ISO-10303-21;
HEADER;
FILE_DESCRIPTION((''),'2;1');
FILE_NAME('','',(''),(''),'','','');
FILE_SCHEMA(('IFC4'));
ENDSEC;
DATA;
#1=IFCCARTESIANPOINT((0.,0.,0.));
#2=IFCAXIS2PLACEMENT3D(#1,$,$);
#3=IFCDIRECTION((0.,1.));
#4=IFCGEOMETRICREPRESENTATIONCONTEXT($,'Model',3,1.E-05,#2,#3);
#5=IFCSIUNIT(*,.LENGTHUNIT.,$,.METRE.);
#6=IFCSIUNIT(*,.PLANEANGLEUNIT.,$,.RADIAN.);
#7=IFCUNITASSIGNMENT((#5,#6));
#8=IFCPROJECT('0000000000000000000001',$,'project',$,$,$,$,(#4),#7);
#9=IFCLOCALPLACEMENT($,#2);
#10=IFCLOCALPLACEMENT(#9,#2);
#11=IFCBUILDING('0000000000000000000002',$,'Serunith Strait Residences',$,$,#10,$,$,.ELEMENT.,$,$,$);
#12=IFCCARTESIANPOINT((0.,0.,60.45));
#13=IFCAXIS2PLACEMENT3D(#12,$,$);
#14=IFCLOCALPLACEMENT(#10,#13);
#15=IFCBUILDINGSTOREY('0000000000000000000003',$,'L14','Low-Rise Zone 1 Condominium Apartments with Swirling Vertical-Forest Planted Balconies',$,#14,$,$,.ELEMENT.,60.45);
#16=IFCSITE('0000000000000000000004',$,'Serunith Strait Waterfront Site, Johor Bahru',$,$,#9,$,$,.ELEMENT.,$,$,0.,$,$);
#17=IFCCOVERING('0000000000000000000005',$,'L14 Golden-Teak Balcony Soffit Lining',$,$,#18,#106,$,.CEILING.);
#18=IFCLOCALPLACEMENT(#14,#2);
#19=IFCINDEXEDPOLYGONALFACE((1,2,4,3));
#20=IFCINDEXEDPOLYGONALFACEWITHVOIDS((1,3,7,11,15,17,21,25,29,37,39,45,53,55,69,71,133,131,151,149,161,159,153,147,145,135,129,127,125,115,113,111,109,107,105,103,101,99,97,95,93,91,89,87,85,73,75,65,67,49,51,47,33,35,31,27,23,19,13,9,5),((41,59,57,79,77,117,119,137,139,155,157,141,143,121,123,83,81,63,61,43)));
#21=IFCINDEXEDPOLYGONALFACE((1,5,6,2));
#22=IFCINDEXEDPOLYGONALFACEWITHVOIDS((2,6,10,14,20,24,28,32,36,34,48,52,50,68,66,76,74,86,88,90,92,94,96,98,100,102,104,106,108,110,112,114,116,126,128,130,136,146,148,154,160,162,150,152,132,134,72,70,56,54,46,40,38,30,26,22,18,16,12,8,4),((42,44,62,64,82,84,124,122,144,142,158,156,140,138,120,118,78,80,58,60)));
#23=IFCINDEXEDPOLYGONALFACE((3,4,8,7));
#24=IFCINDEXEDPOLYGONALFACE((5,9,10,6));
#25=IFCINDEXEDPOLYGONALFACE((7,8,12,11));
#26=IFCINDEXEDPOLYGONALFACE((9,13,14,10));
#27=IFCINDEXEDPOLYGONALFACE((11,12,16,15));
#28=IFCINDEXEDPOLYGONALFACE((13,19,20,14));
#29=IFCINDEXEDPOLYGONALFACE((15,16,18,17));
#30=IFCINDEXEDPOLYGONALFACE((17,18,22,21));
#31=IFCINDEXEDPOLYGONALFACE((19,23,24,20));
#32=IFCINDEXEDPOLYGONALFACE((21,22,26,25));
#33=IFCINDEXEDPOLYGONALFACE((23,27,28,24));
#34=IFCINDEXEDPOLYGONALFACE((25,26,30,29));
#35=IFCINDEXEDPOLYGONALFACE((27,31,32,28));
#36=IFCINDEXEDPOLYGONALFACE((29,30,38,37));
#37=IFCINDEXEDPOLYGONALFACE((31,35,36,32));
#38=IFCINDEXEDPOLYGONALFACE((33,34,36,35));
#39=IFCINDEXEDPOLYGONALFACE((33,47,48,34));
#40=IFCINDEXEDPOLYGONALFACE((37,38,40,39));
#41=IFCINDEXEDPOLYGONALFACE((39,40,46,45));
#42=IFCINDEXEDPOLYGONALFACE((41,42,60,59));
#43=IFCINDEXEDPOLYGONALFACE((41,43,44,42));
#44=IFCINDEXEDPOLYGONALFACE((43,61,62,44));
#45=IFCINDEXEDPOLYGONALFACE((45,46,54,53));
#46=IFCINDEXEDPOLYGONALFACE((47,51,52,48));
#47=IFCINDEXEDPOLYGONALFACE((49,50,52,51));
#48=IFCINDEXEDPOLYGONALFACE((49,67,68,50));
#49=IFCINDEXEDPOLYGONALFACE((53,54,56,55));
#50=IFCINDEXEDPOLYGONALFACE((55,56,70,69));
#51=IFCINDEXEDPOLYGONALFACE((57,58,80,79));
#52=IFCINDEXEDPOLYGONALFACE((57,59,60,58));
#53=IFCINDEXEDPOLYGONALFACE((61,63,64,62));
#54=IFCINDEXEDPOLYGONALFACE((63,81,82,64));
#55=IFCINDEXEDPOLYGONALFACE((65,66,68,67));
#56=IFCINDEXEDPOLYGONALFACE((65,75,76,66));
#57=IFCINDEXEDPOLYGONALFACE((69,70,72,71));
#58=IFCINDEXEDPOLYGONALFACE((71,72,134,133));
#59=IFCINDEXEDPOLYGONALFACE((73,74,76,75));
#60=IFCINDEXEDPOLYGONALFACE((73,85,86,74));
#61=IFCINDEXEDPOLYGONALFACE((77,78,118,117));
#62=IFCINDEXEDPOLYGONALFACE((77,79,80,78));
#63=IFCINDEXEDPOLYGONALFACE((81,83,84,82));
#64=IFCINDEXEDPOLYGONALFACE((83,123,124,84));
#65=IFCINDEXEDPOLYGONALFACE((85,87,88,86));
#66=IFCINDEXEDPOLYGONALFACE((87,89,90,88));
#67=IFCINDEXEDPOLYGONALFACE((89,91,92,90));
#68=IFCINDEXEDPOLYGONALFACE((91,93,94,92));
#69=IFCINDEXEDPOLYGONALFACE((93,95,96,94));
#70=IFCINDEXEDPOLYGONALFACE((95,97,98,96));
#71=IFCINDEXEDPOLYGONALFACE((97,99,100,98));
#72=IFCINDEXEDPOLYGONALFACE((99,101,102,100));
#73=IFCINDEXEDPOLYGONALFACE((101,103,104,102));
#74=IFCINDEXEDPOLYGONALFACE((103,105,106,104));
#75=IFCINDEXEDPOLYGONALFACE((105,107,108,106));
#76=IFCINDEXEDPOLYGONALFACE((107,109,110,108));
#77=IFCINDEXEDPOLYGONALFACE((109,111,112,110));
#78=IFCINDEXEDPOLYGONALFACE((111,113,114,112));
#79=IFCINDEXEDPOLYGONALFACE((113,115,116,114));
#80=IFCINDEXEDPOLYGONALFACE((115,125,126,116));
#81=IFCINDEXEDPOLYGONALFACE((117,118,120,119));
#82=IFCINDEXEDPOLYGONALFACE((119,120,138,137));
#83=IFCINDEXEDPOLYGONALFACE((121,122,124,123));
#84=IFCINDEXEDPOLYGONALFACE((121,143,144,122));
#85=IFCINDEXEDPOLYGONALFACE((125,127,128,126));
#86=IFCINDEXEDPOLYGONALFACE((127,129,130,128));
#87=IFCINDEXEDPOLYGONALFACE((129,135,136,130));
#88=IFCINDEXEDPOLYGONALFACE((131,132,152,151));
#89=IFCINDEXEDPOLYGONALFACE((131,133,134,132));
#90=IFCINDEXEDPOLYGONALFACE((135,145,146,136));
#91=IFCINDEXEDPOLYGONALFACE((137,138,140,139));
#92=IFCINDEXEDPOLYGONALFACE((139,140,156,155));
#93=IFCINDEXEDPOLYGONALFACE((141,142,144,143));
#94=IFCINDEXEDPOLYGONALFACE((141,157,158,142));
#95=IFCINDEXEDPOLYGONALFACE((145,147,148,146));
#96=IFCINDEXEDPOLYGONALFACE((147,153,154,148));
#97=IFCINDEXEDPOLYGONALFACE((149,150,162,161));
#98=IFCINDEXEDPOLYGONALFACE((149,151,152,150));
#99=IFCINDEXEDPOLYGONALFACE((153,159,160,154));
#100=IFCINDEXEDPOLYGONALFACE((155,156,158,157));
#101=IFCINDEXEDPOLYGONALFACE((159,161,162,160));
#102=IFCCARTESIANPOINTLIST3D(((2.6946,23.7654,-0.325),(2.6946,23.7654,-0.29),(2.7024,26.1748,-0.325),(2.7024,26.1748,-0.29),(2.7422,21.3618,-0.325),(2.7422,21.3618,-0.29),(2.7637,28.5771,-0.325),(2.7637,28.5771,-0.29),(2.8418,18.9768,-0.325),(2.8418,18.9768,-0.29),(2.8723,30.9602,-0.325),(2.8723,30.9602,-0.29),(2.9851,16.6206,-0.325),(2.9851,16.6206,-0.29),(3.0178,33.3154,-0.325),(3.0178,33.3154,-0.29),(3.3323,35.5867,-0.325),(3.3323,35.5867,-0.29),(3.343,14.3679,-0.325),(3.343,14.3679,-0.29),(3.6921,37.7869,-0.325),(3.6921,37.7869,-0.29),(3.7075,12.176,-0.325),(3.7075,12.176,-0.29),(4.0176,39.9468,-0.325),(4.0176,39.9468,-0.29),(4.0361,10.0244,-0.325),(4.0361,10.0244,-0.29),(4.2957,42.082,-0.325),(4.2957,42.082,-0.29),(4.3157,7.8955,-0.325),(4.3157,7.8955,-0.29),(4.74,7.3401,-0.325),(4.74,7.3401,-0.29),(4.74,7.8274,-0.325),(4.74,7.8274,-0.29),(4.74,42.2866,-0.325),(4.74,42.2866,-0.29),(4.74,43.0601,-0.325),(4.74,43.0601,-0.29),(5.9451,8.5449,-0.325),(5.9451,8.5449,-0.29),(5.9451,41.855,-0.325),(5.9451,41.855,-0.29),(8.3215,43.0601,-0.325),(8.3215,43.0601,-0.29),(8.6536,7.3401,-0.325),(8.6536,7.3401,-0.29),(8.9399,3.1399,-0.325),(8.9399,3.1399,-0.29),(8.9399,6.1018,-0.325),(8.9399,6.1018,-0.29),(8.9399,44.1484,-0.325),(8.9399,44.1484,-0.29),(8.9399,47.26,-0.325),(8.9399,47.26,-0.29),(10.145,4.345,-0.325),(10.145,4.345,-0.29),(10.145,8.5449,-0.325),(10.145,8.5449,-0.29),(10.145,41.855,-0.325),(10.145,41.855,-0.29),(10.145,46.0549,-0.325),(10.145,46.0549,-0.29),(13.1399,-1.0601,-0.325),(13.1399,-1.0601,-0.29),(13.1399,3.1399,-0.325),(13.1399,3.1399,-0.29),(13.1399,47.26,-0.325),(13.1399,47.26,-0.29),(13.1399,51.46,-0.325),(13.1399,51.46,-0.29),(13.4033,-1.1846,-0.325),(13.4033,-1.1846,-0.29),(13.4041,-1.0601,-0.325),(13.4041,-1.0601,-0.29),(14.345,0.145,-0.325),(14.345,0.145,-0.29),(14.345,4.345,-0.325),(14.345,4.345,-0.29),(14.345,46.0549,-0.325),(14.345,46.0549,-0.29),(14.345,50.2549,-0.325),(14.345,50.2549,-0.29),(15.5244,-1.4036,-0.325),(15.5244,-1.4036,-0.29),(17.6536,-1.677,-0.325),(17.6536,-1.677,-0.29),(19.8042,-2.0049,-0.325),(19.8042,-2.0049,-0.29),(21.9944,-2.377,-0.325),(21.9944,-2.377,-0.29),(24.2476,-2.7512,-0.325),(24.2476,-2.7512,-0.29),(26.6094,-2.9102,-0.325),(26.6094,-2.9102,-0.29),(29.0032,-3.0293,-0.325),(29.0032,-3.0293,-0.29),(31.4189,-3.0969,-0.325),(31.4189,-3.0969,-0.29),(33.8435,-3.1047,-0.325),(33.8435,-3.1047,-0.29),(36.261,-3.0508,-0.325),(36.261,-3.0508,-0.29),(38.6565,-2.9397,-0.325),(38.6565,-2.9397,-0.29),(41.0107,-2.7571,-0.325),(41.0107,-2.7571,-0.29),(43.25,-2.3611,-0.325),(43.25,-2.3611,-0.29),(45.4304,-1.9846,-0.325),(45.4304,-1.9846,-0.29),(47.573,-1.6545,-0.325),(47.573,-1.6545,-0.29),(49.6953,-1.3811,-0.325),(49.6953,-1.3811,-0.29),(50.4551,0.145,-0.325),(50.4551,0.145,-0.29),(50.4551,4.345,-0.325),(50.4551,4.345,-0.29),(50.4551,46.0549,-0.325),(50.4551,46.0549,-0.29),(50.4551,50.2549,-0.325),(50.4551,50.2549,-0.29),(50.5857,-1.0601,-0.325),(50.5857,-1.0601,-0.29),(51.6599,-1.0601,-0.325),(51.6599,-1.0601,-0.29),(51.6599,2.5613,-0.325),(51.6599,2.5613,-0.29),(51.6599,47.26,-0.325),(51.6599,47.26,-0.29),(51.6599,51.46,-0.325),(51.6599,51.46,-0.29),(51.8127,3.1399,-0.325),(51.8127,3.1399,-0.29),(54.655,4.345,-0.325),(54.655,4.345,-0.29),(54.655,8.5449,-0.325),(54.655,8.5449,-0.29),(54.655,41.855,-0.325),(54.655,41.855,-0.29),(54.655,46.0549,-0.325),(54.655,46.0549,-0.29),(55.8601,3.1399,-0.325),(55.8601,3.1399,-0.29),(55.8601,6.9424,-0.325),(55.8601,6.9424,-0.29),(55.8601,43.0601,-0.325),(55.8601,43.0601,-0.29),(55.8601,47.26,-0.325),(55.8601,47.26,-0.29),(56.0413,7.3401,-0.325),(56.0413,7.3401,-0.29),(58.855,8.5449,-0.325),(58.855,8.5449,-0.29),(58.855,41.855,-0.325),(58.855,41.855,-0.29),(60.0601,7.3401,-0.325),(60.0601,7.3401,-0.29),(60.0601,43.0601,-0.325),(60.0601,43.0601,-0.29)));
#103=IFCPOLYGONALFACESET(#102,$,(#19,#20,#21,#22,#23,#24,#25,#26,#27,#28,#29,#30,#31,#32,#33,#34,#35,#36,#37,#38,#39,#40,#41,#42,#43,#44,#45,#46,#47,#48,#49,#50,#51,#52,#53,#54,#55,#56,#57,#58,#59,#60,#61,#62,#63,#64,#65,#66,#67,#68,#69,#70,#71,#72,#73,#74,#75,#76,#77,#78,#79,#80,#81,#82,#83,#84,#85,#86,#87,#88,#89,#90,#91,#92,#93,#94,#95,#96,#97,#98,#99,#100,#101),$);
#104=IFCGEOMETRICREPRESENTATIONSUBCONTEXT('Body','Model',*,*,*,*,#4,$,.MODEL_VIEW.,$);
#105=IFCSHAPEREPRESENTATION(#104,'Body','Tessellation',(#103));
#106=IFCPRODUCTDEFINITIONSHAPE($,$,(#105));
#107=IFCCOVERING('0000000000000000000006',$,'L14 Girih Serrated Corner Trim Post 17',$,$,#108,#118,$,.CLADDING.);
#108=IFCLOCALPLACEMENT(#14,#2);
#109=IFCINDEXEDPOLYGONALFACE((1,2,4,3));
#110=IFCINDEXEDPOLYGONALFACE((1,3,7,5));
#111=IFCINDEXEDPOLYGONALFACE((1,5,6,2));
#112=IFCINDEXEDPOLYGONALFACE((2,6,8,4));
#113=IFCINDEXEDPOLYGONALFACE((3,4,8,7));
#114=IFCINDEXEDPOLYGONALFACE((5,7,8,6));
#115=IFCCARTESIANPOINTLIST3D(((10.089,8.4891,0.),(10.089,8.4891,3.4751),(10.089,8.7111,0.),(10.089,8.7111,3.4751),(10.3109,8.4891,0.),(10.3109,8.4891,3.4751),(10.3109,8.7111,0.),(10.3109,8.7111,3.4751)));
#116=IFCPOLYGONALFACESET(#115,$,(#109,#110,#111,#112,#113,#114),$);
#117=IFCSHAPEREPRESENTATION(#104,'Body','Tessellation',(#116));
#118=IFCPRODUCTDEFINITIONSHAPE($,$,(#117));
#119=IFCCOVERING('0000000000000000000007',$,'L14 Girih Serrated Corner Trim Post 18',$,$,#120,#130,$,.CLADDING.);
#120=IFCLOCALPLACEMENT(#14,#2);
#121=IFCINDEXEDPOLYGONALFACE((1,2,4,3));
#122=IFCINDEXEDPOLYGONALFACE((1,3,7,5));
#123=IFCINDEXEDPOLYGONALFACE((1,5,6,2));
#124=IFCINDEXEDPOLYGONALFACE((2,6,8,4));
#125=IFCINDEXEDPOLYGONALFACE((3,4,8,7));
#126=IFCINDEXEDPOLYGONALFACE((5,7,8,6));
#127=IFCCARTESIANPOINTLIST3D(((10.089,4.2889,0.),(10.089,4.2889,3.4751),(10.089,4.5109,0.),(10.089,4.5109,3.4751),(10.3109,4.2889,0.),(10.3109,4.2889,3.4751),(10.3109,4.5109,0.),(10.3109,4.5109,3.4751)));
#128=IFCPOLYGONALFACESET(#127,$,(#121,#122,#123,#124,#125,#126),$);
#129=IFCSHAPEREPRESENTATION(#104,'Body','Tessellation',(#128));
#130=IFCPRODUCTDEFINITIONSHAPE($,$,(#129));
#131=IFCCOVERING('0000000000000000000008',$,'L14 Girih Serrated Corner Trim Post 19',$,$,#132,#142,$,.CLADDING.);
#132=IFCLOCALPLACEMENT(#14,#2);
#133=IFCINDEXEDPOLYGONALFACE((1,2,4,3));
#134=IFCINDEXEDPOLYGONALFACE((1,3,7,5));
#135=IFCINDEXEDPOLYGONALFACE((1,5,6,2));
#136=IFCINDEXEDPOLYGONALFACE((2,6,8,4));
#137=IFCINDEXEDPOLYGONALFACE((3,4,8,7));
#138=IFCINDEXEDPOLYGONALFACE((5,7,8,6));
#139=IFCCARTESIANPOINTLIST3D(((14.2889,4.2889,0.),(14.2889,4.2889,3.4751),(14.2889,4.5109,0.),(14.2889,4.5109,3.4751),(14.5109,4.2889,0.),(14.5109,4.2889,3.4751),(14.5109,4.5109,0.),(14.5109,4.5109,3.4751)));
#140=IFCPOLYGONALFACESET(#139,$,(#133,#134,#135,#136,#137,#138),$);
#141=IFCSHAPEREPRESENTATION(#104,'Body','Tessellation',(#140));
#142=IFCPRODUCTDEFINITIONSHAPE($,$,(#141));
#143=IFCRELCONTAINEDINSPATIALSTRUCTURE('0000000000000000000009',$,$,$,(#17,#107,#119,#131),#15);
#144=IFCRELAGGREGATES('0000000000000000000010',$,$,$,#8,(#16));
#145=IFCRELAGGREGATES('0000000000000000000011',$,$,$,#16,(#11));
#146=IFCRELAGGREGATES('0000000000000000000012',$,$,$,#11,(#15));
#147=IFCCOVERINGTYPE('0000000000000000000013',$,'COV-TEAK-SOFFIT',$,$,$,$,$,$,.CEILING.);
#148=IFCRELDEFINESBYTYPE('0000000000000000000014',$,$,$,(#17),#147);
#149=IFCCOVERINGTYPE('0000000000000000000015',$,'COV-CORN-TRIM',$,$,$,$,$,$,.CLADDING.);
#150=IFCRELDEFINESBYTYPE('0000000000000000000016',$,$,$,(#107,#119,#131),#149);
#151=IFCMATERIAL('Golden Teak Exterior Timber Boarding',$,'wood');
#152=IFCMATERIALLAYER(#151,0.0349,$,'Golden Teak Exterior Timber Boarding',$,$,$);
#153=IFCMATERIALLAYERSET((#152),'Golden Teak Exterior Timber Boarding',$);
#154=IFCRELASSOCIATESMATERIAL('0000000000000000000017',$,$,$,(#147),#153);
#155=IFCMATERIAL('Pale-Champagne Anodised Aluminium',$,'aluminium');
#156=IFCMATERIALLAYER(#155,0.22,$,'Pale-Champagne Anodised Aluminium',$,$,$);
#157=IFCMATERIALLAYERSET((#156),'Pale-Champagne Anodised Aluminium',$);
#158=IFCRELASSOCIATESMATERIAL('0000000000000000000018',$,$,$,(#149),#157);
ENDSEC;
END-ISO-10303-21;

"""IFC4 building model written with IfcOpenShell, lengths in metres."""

from ifc_helpers import new_model, si_unit, direction, frame, origin, origin_2d, place, context, subcontext, project, spatial, polyline, rectangle, outline, extrude, source, transform, mapped, material, layer, layer_set, type_object, element, save


model = new_model("IFC4")

# Units and contexts
model_context = context("Model", 3, precision=1e-05, world=origin(), true_north=direction((0.0, 1.0)))
body_context = subcontext(model_context, "Body", "Model", "MODEL_VIEW")
ifc_project = project(units=[si_unit("LENGTHUNIT", "METRE"), si_unit("PLANEANGLEUNIT", "RADIAN")], contexts=[model_context])

# Site, building, storey
site_placement = place(None, origin())
site = spatial("IfcSite", under=ifc_project, at=site_placement, Name="Serunith Strait Waterfront Site, Johor Bahru", CompositionType="ELEMENT", RefElevation=0.0)
building_placement = place(site_placement, origin())
building = spatial("IfcBuilding", under=site, at=building_placement, Name="Serunith Strait Residences", CompositionType="ELEMENT")
storey_placement = place(building_placement, frame((0.0, 0.0, 60.45)))
storey = spatial("IfcBuildingStorey", under=building, at=storey_placement, Name="L14", Description="Low-Rise Zone 1 Condominium Apartments with Swirling Vertical-Forest Planted Balconies", CompositionType="ELEMENT", Elevation=60.45)

# Shared definitions
ifc_material_1 = material(Name="Pale-Champagne Anodised Aluminium", Category="aluminium")

# Covering
ifc_material_2 = material(Name="Golden Teak Exterior Timber Boarding", Category="wood")
ifc_layer_1 = layer(ifc_material_2, 0.0349, Name="Golden Teak Exterior Timber Boarding")
ifc_layer_set_1 = layer_set([ifc_layer_1], Name="Golden Teak Exterior Timber Boarding")
covering_type_1 = type_object("IfcCoveringType", Name="COV-TEAK-SOFFIT", PredefinedType="CEILING", material=ifc_layer_set_1)
covering_placement = place(storey_placement, frame((0.0, 0.0, -0.325)))
element("IfcCovering", 1, at=covering_placement, inside=storey, type_object=covering_type_1, Name="L14 Golden-Teak Balcony Soffit Lining", PredefinedType="CEILING", context=body_context, shape_type="SweptSolid", body=[
    extrude(outline(polyline([(13.1399, 3.1399), (8.9399, 3.1399), (8.9399, 6.1018), (8.6536, 7.3401), (4.74, 7.3401), (4.74, 7.8274), (4.3157, 7.8955), (4.0361, 10.0244), (3.7075, 12.176), (3.343, 14.3679), (2.9851, 16.6206), (2.8418, 18.9768), (2.7422, 21.3618), (2.6946, 23.7654), (2.7024, 26.1748), (2.7637, 28.5771), (2.8723, 30.9602), (3.0178, 33.3154), (3.3323, 35.5867), (3.6921, 37.7869), (4.0176, 39.9468), (4.2957, 42.082), (4.74, 42.2866), (4.74, 43.0601), (8.3215, 43.0601), (8.9399, 44.1484), (8.9399, 47.26), (13.1399, 47.26), (13.1399, 51.46), (51.6599, 51.46), (51.6599, 47.26), (55.8601, 47.26), (55.8601, 43.0601), (60.0601, 43.0601), (60.0601, 7.3401), (56.0413, 7.3401), (55.8601, 6.9424), (55.8601, 3.1399), (51.8127, 3.1399), (51.6599, 2.5613), (51.6599, -1.0601), (50.5857, -1.0601), (49.6953, -1.3811), (47.573, -1.6545), (45.4304, -1.9846), (43.25, -2.3611), (41.0107, -2.7571), (38.6565, -2.9397), (36.261, -3.0508), (33.8435, -3.1047), (31.4189, -3.0969), (29.0032, -3.0293), (26.6094, -2.9102), (24.2476, -2.7512), (21.9944, -2.377), (19.8042, -2.0049), (17.6536, -1.677), (15.5244, -1.4036), (13.4033, -1.1846), (13.4041, -1.0601), (13.1399, -1.0601), (13.1399, 3.1399)]), holes=[polyline([(50.4551, 0.145), (50.4551, 4.345), (54.655, 4.345), (54.655, 8.5449), (58.855, 8.5449), (58.855, 41.855), (54.655, 41.855), (54.655, 46.0549), (50.4551, 46.0549), (50.4551, 50.2549), (14.345, 50.2549), (14.345, 46.0549), (10.145, 46.0549), (10.145, 41.855), (5.9451, 41.855), (5.9451, 8.5449), (10.145, 8.5449), (10.145, 4.345), (14.345, 4.345), (14.345, 0.145), (50.4551, 0.145)])]), origin(), (0.0, 0.0, 1.0), 0.0349),
])

# Coverings
ifc_layer_2 = layer(ifc_material_1, 0.22, Name="Pale-Champagne Anodised Aluminium")
ifc_layer_set_2 = layer_set([ifc_layer_2], Name="Pale-Champagne Anodised Aluminium")
covering_type_2 = type_object("IfcCoveringType", Name="COV-CORN-TRIM", PredefinedType="CLADDING", material=ifc_layer_set_2)
shared_shape_1 = source(origin(), body_context, "Body", "SweptSolid", [
    extrude(rectangle(XDim=0.2219, YDim=0.2219, at=origin_2d()), origin(), (0.0, 0.0, 1.0), 3.4751),
])
for number, where, z_axis, x_axis, name in (
    (2, (10.2, 8.6001, 0.0), (0.0, 0.0, 1.0), (1.0, 0.0, 0.0), "L14 Girih Serrated Corner Trim Post 17"),
    (3, (10.2, 4.3999, 0.0), (0.0, 0.0, 1.0), (1.0, 0.0, 0.0), "L14 Girih Serrated Corner Trim Post 18"),
    (4, (14.3999, 4.3999, 0.0), (0.0, 0.0, 1.0), (1.0, 0.0, 0.0), "L14 Girih Serrated Corner Trim Post 19"),
):
    element("IfcCovering", number, at=place(storey_placement, frame(where, z_axis=z_axis, x_axis=x_axis)), inside=storey, type_object=covering_type_2, Name=name, PredefinedType="CLADDING", context=body_context, shape_type="MappedRepresentation", body=[
        mapped(shared_shape_1, transform((0.0, 0.0, 0.0), scale=1.0)),
    ])

save(model, "model.ifc")
